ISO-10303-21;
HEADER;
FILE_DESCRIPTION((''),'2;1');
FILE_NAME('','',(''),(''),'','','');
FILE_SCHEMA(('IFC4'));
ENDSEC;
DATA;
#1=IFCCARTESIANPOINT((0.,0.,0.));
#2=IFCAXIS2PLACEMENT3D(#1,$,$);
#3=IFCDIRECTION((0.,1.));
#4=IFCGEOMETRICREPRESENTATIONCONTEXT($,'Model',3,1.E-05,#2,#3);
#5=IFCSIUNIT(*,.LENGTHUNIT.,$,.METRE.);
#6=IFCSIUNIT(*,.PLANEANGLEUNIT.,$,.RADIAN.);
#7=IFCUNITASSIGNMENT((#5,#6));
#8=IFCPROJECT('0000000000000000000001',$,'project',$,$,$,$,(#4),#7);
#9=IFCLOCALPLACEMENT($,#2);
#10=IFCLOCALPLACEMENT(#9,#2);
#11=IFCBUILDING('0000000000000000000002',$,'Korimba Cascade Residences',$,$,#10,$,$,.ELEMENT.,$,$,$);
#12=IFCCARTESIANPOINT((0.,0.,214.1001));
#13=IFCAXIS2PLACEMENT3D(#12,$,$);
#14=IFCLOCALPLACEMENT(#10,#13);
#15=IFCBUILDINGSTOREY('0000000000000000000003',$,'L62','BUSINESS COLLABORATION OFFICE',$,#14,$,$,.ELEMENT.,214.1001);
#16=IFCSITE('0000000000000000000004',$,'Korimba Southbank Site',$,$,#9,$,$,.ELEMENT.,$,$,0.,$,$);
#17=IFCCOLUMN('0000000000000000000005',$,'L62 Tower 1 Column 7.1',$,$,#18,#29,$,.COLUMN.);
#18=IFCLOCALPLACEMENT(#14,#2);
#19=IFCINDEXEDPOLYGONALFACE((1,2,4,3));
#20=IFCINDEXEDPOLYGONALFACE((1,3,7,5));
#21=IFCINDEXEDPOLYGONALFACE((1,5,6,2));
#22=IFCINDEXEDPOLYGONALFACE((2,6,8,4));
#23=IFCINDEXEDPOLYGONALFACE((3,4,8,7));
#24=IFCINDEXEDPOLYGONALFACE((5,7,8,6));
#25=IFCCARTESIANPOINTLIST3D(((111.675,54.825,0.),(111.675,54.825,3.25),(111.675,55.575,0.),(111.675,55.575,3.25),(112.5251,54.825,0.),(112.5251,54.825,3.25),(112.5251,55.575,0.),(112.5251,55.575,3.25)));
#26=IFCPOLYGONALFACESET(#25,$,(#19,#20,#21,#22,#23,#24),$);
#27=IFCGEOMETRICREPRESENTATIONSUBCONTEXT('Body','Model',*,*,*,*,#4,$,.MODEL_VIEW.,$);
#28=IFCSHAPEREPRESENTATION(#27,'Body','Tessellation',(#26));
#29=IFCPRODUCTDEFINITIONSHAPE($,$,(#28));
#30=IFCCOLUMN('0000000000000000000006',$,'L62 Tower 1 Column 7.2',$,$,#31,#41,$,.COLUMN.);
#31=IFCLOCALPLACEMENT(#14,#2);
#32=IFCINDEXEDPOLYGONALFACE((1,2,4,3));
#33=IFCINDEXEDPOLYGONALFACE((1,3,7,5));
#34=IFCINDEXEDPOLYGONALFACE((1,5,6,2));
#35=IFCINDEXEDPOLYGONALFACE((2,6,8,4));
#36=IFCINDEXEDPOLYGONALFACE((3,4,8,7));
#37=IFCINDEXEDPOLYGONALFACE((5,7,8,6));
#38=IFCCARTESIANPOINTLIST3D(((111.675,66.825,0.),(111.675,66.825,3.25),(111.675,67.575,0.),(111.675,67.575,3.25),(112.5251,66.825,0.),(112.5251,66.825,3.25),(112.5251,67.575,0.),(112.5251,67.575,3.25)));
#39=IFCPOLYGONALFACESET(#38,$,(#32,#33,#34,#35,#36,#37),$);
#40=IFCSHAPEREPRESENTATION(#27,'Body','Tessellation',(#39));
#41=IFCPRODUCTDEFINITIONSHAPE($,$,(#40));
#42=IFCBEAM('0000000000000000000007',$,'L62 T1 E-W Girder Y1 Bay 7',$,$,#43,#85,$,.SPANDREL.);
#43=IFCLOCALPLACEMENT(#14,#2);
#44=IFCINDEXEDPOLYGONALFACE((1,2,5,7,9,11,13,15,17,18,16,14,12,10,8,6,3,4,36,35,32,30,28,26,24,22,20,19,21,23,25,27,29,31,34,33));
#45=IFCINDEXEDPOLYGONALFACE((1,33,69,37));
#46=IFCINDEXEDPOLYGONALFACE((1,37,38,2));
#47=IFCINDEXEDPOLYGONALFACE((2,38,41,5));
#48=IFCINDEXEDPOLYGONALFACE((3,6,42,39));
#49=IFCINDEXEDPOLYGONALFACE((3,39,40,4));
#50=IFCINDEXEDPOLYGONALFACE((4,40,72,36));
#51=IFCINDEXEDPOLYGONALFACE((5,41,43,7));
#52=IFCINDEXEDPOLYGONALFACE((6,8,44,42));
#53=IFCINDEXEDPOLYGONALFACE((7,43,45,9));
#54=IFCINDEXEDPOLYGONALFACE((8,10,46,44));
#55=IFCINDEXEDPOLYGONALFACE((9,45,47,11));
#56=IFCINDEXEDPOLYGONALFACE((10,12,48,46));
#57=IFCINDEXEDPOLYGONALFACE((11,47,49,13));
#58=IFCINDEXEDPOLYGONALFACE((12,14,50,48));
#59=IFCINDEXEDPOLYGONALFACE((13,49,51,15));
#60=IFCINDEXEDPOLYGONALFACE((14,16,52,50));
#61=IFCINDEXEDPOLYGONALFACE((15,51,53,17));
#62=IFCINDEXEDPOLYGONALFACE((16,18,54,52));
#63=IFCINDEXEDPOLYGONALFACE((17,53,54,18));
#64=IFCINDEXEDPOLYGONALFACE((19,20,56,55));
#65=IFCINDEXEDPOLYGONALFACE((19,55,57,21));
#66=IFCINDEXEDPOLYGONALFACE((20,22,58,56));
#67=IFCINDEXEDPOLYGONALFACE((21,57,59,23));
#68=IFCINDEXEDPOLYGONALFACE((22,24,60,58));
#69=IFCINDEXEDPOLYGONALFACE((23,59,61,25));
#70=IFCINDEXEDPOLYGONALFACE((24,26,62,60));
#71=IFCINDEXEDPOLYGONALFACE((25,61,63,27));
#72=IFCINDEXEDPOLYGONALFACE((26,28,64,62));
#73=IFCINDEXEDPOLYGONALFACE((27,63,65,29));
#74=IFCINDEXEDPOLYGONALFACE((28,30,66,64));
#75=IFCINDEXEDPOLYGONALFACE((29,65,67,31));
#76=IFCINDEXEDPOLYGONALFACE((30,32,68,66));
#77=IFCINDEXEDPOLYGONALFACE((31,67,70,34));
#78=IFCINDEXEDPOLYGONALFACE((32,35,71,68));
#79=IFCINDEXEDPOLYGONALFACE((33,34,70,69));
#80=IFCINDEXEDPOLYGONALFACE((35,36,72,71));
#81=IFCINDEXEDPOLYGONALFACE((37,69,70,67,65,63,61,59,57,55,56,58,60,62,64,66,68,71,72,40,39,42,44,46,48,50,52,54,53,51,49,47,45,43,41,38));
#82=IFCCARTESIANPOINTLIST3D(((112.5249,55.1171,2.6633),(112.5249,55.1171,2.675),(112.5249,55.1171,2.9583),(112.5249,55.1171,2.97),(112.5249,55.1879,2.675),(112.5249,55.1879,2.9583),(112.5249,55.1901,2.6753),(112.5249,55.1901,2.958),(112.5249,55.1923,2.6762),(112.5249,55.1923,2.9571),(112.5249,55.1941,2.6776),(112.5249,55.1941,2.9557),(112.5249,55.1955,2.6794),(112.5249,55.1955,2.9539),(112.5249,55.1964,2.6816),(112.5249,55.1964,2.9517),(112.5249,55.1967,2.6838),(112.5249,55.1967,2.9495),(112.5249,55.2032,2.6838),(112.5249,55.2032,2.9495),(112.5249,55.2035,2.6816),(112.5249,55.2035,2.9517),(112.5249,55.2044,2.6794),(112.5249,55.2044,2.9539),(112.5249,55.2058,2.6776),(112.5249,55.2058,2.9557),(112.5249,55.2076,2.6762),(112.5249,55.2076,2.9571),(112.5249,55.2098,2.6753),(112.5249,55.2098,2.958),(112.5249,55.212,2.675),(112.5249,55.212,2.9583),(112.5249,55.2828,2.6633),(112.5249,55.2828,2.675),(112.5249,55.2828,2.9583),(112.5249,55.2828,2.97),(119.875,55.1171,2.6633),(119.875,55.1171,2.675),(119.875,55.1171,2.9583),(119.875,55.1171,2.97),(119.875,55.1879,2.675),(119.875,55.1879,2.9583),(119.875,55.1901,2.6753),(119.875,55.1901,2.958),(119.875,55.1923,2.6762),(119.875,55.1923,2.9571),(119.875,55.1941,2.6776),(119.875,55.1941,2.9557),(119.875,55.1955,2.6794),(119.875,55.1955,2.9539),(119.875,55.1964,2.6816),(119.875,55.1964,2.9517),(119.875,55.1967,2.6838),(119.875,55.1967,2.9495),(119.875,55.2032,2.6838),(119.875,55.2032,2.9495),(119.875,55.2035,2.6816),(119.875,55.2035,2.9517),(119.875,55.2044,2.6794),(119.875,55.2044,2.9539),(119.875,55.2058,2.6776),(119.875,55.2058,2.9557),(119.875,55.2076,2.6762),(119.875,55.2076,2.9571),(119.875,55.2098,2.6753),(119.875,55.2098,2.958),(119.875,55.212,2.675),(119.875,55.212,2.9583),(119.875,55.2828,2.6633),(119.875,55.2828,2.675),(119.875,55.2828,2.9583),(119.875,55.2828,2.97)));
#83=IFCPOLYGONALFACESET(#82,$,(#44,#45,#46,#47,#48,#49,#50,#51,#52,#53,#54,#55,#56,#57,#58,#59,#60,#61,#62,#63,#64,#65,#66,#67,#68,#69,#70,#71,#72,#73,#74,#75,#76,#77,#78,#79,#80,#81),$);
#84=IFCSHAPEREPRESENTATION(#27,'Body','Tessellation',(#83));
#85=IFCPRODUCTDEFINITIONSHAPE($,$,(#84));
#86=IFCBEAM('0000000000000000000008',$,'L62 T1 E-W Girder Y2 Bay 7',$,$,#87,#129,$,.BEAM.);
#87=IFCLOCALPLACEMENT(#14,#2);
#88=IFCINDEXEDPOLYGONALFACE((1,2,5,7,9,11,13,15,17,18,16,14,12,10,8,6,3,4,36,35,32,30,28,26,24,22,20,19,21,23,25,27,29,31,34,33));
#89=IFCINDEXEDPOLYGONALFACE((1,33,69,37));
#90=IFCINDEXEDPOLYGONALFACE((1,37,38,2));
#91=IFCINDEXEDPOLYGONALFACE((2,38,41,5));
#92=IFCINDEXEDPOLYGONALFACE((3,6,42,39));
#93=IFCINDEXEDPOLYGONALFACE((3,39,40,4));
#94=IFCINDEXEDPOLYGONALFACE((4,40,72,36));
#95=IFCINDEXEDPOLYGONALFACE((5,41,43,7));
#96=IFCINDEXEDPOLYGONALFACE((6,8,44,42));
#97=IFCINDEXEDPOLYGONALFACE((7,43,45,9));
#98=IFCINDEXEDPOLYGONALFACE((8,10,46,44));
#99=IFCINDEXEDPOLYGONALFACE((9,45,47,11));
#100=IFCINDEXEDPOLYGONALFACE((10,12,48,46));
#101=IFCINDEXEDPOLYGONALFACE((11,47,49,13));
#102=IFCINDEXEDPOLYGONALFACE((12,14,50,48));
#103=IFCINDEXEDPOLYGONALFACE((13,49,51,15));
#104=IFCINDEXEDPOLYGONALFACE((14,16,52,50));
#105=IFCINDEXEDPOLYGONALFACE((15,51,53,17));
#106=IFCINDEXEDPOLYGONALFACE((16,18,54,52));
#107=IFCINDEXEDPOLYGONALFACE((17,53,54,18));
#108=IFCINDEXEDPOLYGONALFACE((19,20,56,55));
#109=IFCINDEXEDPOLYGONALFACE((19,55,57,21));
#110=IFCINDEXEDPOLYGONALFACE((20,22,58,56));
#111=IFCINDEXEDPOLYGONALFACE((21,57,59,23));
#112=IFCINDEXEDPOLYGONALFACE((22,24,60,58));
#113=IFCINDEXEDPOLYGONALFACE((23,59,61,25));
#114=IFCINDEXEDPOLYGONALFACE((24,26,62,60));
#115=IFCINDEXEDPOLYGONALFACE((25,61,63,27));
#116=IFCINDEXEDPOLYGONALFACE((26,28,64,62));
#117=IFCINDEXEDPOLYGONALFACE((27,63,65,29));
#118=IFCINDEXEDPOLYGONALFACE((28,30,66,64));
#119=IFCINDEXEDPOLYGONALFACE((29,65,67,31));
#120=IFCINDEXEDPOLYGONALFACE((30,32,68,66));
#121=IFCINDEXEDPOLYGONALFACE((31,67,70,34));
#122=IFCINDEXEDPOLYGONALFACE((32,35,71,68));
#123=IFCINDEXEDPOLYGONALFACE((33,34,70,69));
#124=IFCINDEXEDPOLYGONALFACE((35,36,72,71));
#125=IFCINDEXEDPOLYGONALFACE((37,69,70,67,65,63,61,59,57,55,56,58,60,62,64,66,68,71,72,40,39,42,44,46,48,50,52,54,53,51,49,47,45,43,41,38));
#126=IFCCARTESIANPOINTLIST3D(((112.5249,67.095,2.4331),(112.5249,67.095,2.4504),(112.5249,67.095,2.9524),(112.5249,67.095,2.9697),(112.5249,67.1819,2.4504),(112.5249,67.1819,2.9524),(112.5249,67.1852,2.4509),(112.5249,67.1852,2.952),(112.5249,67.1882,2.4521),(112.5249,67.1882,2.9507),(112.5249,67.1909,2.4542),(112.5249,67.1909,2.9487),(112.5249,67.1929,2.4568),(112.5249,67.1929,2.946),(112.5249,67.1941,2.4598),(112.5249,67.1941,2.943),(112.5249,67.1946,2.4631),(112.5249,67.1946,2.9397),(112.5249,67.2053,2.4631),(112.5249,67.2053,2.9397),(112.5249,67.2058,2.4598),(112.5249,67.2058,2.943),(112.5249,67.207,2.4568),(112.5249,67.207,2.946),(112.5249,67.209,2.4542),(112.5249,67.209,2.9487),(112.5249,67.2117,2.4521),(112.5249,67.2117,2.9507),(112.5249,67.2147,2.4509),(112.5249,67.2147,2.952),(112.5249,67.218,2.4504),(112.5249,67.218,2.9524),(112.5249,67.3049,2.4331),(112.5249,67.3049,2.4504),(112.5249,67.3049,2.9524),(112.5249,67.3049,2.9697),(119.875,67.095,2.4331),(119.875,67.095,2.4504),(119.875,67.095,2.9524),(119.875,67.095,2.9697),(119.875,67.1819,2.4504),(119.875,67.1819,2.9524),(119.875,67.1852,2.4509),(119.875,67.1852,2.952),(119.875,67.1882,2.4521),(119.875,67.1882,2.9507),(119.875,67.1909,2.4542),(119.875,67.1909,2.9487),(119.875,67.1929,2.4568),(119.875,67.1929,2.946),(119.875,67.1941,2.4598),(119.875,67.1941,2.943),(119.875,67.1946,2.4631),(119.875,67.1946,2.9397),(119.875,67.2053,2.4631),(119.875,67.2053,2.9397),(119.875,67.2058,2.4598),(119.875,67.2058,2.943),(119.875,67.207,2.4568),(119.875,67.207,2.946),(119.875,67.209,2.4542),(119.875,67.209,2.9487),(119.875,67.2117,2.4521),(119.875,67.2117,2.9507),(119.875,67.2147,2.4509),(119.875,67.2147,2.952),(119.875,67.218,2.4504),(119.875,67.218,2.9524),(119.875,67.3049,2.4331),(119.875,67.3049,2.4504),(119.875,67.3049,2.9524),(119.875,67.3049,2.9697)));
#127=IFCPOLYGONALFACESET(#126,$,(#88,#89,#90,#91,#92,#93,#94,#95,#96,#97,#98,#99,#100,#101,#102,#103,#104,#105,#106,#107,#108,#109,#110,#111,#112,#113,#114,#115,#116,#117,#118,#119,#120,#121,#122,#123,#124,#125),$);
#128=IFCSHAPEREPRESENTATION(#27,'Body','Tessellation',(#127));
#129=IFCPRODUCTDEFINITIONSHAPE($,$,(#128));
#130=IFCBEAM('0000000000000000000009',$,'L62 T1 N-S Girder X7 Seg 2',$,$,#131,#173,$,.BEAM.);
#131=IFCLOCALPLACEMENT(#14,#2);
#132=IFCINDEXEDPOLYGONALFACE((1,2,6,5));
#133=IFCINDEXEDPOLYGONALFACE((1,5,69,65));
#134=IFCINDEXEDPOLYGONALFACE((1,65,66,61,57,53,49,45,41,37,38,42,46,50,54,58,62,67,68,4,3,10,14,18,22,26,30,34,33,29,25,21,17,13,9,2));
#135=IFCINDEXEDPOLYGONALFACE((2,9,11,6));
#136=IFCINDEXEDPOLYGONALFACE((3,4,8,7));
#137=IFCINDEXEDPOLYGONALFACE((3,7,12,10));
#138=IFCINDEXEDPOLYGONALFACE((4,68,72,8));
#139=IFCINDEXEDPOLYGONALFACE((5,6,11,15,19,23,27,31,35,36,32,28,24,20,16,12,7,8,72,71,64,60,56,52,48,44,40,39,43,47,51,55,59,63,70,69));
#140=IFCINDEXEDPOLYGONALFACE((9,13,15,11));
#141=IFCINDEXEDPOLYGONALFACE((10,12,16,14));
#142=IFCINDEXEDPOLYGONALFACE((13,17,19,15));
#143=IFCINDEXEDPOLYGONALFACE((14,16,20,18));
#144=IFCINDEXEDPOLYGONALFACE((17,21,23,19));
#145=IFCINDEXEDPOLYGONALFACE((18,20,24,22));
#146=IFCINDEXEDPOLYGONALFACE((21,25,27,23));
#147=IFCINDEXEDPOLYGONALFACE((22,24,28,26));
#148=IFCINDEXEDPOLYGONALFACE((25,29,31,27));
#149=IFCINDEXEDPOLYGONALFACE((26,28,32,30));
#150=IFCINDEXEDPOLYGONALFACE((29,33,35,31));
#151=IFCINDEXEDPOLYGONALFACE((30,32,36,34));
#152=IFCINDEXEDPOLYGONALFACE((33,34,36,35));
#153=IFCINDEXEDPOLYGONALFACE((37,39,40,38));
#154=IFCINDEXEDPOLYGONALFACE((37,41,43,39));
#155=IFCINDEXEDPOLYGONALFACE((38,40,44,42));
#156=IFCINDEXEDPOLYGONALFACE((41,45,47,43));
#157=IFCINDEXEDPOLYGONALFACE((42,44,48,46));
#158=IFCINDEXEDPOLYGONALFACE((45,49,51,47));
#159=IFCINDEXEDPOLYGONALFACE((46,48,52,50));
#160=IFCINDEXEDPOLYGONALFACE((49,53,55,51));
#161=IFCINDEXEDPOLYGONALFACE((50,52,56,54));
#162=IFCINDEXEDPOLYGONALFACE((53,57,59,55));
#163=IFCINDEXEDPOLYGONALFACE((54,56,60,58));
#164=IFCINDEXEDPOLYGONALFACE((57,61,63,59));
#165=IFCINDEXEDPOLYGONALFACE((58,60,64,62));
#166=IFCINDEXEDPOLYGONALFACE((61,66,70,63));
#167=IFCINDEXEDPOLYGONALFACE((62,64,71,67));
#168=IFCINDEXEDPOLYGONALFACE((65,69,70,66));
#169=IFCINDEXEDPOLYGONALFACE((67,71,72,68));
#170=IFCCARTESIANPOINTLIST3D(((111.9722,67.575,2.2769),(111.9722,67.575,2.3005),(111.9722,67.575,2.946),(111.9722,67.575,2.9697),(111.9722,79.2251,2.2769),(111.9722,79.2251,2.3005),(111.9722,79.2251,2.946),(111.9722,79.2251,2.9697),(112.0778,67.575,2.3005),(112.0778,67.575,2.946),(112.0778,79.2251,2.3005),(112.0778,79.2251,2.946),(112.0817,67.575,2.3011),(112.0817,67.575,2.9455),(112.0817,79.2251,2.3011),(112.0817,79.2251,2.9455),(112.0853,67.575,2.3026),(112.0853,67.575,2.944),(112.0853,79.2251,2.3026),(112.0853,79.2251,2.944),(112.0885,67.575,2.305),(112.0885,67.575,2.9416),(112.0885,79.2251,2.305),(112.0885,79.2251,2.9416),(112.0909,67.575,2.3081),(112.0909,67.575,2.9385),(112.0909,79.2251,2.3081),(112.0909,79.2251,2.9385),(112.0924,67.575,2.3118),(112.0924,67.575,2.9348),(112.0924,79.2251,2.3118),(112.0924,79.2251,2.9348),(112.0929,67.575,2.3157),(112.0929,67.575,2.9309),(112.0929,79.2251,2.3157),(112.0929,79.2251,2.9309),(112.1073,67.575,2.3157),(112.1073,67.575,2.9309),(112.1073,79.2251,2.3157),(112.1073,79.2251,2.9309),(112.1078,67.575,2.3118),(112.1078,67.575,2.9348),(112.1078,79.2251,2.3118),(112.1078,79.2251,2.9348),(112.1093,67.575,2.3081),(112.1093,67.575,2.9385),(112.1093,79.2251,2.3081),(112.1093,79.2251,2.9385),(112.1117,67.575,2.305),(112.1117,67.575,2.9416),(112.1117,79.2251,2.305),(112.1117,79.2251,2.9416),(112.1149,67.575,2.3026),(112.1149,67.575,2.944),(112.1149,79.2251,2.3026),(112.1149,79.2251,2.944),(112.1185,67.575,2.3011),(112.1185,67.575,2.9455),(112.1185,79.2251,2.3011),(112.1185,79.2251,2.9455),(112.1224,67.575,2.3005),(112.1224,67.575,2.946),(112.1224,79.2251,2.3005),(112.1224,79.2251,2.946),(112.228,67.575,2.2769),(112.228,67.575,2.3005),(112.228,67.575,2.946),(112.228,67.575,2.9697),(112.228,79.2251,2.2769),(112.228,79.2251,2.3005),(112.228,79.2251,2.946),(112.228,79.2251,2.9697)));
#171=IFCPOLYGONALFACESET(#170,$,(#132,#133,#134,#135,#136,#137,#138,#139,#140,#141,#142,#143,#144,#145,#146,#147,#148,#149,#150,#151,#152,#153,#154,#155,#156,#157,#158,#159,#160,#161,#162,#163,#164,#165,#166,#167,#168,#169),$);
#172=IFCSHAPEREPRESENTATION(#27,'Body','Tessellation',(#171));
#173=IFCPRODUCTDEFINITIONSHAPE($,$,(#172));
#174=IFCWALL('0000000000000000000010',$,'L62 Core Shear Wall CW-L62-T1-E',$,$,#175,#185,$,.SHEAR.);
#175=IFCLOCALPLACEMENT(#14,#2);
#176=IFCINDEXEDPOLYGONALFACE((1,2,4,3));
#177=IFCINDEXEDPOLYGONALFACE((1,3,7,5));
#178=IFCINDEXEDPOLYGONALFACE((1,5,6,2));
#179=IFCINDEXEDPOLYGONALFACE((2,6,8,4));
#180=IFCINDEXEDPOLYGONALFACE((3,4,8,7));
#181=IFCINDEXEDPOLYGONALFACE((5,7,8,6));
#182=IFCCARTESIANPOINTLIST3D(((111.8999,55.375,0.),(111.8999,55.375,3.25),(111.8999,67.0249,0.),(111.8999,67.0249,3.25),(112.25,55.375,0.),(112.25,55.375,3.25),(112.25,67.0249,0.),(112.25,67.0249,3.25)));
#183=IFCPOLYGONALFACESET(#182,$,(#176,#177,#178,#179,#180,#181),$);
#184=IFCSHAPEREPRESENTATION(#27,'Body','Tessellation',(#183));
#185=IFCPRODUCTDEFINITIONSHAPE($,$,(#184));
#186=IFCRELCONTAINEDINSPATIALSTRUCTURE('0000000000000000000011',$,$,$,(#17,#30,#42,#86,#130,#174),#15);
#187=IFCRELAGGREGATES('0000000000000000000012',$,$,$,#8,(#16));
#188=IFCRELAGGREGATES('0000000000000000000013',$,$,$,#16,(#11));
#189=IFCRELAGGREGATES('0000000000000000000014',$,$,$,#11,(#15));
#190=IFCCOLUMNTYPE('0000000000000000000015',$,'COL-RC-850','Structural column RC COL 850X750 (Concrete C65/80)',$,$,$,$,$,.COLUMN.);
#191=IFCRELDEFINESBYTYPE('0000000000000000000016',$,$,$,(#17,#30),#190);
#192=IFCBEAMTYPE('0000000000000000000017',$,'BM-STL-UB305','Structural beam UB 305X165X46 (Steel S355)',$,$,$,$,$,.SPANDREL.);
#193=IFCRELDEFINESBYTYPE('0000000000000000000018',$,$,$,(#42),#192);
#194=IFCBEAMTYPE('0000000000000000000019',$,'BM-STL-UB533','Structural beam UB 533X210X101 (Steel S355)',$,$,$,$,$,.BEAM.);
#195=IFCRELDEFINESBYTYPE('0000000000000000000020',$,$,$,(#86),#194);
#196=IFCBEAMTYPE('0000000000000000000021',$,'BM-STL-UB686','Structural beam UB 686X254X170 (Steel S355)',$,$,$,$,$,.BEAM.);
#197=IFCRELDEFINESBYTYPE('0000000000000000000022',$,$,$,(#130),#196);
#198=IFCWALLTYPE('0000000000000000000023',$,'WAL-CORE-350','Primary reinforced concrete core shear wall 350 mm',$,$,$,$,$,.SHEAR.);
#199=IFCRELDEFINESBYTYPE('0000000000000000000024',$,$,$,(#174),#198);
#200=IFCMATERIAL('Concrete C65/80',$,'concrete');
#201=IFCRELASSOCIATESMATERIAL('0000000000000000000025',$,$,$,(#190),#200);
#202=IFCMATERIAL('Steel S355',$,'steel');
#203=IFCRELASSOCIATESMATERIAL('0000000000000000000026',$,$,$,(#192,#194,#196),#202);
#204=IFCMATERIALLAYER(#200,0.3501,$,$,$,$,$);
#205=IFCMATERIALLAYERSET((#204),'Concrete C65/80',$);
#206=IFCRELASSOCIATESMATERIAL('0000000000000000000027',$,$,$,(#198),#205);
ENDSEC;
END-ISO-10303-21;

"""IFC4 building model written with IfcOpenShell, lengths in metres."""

from ifc_helpers import new_model, si_unit, direction, frame, frame_2d, origin, origin_2d, place, context, subcontext, project, spatial, rectangle, i_section, extrude, material, layer, layer_set, material_profile, profile_set, type_object, element, save


model = new_model("IFC4")

# Units and contexts
model_context = context("Model", 3, precision=1e-05, world=origin(), true_north=direction((0.0, 1.0)))
body_context = subcontext(model_context, "Body", "Model", "MODEL_VIEW")
ifc_project = project(units=[si_unit("LENGTHUNIT", "METRE"), si_unit("PLANEANGLEUNIT", "RADIAN")], contexts=[model_context])

# Site, building, storey
site_placement = place(None, origin())
site = spatial("IfcSite", under=ifc_project, at=site_placement, Name="Korimba Southbank Site", CompositionType="ELEMENT", RefElevation=0.0)
building_placement = place(site_placement, origin())
building = spatial("IfcBuilding", under=site, at=building_placement, Name="Korimba Cascade Residences", CompositionType="ELEMENT")
storey_placement = place(building_placement, frame((0.0, 0.0, 214.1001)))
storey = spatial("IfcBuildingStorey", under=building, at=storey_placement, Name="L62", Description="BUSINESS COLLABORATION OFFICE", CompositionType="ELEMENT", Elevation=214.1001)

# Columns
ifc_material_1 = material(Name="Concrete C65/80", Category="concrete")
ifc_material_profile_1 = material_profile(ifc_material_1, rectangle(XDim=0.8501, YDim=0.75, at=origin_2d()), Name="Concrete C65/80")
ifc_profile_set_1 = profile_set([ifc_material_profile_1], Name="Concrete C65/80")
column_type = type_object("IfcColumnType", Name="COL-RC-850", Description="Structural column RC COL 850X750 (Concrete C65/80)", PredefinedType="COLUMN", material=ifc_profile_set_1)
for number, where, z_axis, x_axis, name in (
    (1, (112.1001, 55.2, 0.0), (0.0, 0.0, 1.0), (1.0, 0.0, 0.0), "L62 Tower 1 Column 7.1"),
    (2, (112.1001, 67.2, 0.0), (0.0, 0.0, 1.0), (1.0, 0.0, 0.0), "L62 Tower 1 Column 7.2"),
):
    element("IfcColumn", number, at=place(storey_placement, frame(where, z_axis=z_axis, x_axis=x_axis)), inside=storey, type_object=column_type, Name=name, PredefinedType="COLUMN", context=body_context, shape_type="SweptSolid", body=[
        extrude(rectangle(XDim=0.8501, YDim=0.75, at=origin_2d()), origin(), (0.0, 0.0, 1.0), 3.25),
    ])

# Beams
ifc_material_2 = material(Name="Steel S355", Category="steel")
ifc_material_profile_2 = material_profile(ifc_material_2, i_section(OverallWidth=0.1658, OverallDepth=0.3066, WebThickness=0.0066, FlangeThickness=0.0117, FilletRadius=0.0088, at=origin_2d()), Name="Steel S355")
ifc_profile_set_2 = profile_set([ifc_material_profile_2], Name="Steel S355")
beam_type_1 = type_object("IfcBeamType", Name="BM-STL-UB305", Description="Structural beam UB 305X165X46 (Steel S355)", PredefinedType="SPANDREL", material=ifc_profile_set_2)
beam_1_placement = place(storey_placement, frame((112.5249, 55.2, 2.8167), z_axis=(1.0, 0.0, 0.0), x_axis=(0.0, 1.0, 0.0)))
element("IfcBeam", 3, at=beam_1_placement, inside=storey, type_object=beam_type_1, Name="L62 T1 E-W Girder Y1 Bay 7", PredefinedType="SPANDREL", context=body_context, shape_type="SweptSolid", body=[
    extrude(i_section(OverallWidth=0.1658, OverallDepth=0.3066, WebThickness=0.0066, FlangeThickness=0.0117, FilletRadius=0.0088, at=origin_2d()), origin(), (0.0, 0.0, 1.0), 7.3501),
])
ifc_material_profile_3 = material_profile(ifc_material_2, i_section(OverallWidth=0.21, OverallDepth=0.5366, WebThickness=0.0107, FlangeThickness=0.0173, FilletRadius=0.0127, at=origin_2d()), Name="Steel S355")
ifc_profile_set_3 = profile_set([ifc_material_profile_3], Name="Steel S355")
beam_type_2 = type_object("IfcBeamType", Name="BM-STL-UB533", Description="Structural beam UB 533X210X101 (Steel S355)", PredefinedType="BEAM", material=ifc_profile_set_3)
beam_2_placement = place(storey_placement, frame((112.5249, 67.2, 2.7014), z_axis=(1.0, 0.0, 0.0), x_axis=(0.0, 1.0, 0.0)))
element("IfcBeam", 4, at=beam_2_placement, inside=storey, type_object=beam_type_2, Name="L62 T1 E-W Girder Y2 Bay 7", PredefinedType="BEAM", context=body_context, shape_type="SweptSolid", body=[
    extrude(i_section(OverallWidth=0.21, OverallDepth=0.5366, WebThickness=0.0107, FlangeThickness=0.0173, FilletRadius=0.0127, at=origin_2d()), origin(), (0.0, 0.0, 1.0), 7.3501),
])
ifc_material_profile_4 = material_profile(ifc_material_2, i_section(OverallWidth=0.2559, OverallDepth=0.6929, WebThickness=0.0144, FlangeThickness=0.0237, FilletRadius=0.0151, at=origin_2d()), Name="Steel S355")
ifc_profile_set_4 = profile_set([ifc_material_profile_4], Name="Steel S355")
beam_type_3 = type_object("IfcBeamType", Name="BM-STL-UB686", Description="Structural beam UB 686X254X170 (Steel S355)", PredefinedType="BEAM", material=ifc_profile_set_4)
beam_3_placement = place(storey_placement, frame((112.1001, 67.575, 2.6233), z_axis=(0.0, 1.0, 0.0), x_axis=(-1.0, 0.0, 0.0)))
element("IfcBeam", 5, at=beam_3_placement, inside=storey, type_object=beam_type_3, Name="L62 T1 N-S Girder X7 Seg 2", PredefinedType="BEAM", context=body_context, shape_type="SweptSolid", body=[
    extrude(i_section(OverallWidth=0.2559, OverallDepth=0.6929, WebThickness=0.0144, FlangeThickness=0.0237, FilletRadius=0.0151, at=origin_2d()), origin(), (0.0, 0.0, 1.0), 11.6501),
])

# Wall
ifc_layer_1 = layer(ifc_material_1, 0.3501)
ifc_layer_set_1 = layer_set([ifc_layer_1], Name="Concrete C65/80")
wall_type_1 = type_object("IfcWallType", Name="WAL-CORE-350", Description="Primary reinforced concrete core shear wall 350 mm", PredefinedType="SHEAR", material=ifc_layer_set_1)
wall_1_placement = place(storey_placement, frame((112.075, 55.375, 0.0), z_axis=(0.0, 0.0, 1.0), x_axis=(0.0, 1.0, 0.0)))
element("IfcWall", 6, at=wall_1_placement, inside=storey, type_object=wall_type_1, Name="L62 Core Shear Wall CW-L62-T1-E", PredefinedType="SHEAR", context=body_context, shape_type="SweptSolid", body=[
    extrude(rectangle(XDim=11.6499, YDim=0.3501, at=frame_2d((5.825, 0.0))), origin(), (0.0, 0.0, 1.0), 3.25),
])

save(model, "model.ifc")
